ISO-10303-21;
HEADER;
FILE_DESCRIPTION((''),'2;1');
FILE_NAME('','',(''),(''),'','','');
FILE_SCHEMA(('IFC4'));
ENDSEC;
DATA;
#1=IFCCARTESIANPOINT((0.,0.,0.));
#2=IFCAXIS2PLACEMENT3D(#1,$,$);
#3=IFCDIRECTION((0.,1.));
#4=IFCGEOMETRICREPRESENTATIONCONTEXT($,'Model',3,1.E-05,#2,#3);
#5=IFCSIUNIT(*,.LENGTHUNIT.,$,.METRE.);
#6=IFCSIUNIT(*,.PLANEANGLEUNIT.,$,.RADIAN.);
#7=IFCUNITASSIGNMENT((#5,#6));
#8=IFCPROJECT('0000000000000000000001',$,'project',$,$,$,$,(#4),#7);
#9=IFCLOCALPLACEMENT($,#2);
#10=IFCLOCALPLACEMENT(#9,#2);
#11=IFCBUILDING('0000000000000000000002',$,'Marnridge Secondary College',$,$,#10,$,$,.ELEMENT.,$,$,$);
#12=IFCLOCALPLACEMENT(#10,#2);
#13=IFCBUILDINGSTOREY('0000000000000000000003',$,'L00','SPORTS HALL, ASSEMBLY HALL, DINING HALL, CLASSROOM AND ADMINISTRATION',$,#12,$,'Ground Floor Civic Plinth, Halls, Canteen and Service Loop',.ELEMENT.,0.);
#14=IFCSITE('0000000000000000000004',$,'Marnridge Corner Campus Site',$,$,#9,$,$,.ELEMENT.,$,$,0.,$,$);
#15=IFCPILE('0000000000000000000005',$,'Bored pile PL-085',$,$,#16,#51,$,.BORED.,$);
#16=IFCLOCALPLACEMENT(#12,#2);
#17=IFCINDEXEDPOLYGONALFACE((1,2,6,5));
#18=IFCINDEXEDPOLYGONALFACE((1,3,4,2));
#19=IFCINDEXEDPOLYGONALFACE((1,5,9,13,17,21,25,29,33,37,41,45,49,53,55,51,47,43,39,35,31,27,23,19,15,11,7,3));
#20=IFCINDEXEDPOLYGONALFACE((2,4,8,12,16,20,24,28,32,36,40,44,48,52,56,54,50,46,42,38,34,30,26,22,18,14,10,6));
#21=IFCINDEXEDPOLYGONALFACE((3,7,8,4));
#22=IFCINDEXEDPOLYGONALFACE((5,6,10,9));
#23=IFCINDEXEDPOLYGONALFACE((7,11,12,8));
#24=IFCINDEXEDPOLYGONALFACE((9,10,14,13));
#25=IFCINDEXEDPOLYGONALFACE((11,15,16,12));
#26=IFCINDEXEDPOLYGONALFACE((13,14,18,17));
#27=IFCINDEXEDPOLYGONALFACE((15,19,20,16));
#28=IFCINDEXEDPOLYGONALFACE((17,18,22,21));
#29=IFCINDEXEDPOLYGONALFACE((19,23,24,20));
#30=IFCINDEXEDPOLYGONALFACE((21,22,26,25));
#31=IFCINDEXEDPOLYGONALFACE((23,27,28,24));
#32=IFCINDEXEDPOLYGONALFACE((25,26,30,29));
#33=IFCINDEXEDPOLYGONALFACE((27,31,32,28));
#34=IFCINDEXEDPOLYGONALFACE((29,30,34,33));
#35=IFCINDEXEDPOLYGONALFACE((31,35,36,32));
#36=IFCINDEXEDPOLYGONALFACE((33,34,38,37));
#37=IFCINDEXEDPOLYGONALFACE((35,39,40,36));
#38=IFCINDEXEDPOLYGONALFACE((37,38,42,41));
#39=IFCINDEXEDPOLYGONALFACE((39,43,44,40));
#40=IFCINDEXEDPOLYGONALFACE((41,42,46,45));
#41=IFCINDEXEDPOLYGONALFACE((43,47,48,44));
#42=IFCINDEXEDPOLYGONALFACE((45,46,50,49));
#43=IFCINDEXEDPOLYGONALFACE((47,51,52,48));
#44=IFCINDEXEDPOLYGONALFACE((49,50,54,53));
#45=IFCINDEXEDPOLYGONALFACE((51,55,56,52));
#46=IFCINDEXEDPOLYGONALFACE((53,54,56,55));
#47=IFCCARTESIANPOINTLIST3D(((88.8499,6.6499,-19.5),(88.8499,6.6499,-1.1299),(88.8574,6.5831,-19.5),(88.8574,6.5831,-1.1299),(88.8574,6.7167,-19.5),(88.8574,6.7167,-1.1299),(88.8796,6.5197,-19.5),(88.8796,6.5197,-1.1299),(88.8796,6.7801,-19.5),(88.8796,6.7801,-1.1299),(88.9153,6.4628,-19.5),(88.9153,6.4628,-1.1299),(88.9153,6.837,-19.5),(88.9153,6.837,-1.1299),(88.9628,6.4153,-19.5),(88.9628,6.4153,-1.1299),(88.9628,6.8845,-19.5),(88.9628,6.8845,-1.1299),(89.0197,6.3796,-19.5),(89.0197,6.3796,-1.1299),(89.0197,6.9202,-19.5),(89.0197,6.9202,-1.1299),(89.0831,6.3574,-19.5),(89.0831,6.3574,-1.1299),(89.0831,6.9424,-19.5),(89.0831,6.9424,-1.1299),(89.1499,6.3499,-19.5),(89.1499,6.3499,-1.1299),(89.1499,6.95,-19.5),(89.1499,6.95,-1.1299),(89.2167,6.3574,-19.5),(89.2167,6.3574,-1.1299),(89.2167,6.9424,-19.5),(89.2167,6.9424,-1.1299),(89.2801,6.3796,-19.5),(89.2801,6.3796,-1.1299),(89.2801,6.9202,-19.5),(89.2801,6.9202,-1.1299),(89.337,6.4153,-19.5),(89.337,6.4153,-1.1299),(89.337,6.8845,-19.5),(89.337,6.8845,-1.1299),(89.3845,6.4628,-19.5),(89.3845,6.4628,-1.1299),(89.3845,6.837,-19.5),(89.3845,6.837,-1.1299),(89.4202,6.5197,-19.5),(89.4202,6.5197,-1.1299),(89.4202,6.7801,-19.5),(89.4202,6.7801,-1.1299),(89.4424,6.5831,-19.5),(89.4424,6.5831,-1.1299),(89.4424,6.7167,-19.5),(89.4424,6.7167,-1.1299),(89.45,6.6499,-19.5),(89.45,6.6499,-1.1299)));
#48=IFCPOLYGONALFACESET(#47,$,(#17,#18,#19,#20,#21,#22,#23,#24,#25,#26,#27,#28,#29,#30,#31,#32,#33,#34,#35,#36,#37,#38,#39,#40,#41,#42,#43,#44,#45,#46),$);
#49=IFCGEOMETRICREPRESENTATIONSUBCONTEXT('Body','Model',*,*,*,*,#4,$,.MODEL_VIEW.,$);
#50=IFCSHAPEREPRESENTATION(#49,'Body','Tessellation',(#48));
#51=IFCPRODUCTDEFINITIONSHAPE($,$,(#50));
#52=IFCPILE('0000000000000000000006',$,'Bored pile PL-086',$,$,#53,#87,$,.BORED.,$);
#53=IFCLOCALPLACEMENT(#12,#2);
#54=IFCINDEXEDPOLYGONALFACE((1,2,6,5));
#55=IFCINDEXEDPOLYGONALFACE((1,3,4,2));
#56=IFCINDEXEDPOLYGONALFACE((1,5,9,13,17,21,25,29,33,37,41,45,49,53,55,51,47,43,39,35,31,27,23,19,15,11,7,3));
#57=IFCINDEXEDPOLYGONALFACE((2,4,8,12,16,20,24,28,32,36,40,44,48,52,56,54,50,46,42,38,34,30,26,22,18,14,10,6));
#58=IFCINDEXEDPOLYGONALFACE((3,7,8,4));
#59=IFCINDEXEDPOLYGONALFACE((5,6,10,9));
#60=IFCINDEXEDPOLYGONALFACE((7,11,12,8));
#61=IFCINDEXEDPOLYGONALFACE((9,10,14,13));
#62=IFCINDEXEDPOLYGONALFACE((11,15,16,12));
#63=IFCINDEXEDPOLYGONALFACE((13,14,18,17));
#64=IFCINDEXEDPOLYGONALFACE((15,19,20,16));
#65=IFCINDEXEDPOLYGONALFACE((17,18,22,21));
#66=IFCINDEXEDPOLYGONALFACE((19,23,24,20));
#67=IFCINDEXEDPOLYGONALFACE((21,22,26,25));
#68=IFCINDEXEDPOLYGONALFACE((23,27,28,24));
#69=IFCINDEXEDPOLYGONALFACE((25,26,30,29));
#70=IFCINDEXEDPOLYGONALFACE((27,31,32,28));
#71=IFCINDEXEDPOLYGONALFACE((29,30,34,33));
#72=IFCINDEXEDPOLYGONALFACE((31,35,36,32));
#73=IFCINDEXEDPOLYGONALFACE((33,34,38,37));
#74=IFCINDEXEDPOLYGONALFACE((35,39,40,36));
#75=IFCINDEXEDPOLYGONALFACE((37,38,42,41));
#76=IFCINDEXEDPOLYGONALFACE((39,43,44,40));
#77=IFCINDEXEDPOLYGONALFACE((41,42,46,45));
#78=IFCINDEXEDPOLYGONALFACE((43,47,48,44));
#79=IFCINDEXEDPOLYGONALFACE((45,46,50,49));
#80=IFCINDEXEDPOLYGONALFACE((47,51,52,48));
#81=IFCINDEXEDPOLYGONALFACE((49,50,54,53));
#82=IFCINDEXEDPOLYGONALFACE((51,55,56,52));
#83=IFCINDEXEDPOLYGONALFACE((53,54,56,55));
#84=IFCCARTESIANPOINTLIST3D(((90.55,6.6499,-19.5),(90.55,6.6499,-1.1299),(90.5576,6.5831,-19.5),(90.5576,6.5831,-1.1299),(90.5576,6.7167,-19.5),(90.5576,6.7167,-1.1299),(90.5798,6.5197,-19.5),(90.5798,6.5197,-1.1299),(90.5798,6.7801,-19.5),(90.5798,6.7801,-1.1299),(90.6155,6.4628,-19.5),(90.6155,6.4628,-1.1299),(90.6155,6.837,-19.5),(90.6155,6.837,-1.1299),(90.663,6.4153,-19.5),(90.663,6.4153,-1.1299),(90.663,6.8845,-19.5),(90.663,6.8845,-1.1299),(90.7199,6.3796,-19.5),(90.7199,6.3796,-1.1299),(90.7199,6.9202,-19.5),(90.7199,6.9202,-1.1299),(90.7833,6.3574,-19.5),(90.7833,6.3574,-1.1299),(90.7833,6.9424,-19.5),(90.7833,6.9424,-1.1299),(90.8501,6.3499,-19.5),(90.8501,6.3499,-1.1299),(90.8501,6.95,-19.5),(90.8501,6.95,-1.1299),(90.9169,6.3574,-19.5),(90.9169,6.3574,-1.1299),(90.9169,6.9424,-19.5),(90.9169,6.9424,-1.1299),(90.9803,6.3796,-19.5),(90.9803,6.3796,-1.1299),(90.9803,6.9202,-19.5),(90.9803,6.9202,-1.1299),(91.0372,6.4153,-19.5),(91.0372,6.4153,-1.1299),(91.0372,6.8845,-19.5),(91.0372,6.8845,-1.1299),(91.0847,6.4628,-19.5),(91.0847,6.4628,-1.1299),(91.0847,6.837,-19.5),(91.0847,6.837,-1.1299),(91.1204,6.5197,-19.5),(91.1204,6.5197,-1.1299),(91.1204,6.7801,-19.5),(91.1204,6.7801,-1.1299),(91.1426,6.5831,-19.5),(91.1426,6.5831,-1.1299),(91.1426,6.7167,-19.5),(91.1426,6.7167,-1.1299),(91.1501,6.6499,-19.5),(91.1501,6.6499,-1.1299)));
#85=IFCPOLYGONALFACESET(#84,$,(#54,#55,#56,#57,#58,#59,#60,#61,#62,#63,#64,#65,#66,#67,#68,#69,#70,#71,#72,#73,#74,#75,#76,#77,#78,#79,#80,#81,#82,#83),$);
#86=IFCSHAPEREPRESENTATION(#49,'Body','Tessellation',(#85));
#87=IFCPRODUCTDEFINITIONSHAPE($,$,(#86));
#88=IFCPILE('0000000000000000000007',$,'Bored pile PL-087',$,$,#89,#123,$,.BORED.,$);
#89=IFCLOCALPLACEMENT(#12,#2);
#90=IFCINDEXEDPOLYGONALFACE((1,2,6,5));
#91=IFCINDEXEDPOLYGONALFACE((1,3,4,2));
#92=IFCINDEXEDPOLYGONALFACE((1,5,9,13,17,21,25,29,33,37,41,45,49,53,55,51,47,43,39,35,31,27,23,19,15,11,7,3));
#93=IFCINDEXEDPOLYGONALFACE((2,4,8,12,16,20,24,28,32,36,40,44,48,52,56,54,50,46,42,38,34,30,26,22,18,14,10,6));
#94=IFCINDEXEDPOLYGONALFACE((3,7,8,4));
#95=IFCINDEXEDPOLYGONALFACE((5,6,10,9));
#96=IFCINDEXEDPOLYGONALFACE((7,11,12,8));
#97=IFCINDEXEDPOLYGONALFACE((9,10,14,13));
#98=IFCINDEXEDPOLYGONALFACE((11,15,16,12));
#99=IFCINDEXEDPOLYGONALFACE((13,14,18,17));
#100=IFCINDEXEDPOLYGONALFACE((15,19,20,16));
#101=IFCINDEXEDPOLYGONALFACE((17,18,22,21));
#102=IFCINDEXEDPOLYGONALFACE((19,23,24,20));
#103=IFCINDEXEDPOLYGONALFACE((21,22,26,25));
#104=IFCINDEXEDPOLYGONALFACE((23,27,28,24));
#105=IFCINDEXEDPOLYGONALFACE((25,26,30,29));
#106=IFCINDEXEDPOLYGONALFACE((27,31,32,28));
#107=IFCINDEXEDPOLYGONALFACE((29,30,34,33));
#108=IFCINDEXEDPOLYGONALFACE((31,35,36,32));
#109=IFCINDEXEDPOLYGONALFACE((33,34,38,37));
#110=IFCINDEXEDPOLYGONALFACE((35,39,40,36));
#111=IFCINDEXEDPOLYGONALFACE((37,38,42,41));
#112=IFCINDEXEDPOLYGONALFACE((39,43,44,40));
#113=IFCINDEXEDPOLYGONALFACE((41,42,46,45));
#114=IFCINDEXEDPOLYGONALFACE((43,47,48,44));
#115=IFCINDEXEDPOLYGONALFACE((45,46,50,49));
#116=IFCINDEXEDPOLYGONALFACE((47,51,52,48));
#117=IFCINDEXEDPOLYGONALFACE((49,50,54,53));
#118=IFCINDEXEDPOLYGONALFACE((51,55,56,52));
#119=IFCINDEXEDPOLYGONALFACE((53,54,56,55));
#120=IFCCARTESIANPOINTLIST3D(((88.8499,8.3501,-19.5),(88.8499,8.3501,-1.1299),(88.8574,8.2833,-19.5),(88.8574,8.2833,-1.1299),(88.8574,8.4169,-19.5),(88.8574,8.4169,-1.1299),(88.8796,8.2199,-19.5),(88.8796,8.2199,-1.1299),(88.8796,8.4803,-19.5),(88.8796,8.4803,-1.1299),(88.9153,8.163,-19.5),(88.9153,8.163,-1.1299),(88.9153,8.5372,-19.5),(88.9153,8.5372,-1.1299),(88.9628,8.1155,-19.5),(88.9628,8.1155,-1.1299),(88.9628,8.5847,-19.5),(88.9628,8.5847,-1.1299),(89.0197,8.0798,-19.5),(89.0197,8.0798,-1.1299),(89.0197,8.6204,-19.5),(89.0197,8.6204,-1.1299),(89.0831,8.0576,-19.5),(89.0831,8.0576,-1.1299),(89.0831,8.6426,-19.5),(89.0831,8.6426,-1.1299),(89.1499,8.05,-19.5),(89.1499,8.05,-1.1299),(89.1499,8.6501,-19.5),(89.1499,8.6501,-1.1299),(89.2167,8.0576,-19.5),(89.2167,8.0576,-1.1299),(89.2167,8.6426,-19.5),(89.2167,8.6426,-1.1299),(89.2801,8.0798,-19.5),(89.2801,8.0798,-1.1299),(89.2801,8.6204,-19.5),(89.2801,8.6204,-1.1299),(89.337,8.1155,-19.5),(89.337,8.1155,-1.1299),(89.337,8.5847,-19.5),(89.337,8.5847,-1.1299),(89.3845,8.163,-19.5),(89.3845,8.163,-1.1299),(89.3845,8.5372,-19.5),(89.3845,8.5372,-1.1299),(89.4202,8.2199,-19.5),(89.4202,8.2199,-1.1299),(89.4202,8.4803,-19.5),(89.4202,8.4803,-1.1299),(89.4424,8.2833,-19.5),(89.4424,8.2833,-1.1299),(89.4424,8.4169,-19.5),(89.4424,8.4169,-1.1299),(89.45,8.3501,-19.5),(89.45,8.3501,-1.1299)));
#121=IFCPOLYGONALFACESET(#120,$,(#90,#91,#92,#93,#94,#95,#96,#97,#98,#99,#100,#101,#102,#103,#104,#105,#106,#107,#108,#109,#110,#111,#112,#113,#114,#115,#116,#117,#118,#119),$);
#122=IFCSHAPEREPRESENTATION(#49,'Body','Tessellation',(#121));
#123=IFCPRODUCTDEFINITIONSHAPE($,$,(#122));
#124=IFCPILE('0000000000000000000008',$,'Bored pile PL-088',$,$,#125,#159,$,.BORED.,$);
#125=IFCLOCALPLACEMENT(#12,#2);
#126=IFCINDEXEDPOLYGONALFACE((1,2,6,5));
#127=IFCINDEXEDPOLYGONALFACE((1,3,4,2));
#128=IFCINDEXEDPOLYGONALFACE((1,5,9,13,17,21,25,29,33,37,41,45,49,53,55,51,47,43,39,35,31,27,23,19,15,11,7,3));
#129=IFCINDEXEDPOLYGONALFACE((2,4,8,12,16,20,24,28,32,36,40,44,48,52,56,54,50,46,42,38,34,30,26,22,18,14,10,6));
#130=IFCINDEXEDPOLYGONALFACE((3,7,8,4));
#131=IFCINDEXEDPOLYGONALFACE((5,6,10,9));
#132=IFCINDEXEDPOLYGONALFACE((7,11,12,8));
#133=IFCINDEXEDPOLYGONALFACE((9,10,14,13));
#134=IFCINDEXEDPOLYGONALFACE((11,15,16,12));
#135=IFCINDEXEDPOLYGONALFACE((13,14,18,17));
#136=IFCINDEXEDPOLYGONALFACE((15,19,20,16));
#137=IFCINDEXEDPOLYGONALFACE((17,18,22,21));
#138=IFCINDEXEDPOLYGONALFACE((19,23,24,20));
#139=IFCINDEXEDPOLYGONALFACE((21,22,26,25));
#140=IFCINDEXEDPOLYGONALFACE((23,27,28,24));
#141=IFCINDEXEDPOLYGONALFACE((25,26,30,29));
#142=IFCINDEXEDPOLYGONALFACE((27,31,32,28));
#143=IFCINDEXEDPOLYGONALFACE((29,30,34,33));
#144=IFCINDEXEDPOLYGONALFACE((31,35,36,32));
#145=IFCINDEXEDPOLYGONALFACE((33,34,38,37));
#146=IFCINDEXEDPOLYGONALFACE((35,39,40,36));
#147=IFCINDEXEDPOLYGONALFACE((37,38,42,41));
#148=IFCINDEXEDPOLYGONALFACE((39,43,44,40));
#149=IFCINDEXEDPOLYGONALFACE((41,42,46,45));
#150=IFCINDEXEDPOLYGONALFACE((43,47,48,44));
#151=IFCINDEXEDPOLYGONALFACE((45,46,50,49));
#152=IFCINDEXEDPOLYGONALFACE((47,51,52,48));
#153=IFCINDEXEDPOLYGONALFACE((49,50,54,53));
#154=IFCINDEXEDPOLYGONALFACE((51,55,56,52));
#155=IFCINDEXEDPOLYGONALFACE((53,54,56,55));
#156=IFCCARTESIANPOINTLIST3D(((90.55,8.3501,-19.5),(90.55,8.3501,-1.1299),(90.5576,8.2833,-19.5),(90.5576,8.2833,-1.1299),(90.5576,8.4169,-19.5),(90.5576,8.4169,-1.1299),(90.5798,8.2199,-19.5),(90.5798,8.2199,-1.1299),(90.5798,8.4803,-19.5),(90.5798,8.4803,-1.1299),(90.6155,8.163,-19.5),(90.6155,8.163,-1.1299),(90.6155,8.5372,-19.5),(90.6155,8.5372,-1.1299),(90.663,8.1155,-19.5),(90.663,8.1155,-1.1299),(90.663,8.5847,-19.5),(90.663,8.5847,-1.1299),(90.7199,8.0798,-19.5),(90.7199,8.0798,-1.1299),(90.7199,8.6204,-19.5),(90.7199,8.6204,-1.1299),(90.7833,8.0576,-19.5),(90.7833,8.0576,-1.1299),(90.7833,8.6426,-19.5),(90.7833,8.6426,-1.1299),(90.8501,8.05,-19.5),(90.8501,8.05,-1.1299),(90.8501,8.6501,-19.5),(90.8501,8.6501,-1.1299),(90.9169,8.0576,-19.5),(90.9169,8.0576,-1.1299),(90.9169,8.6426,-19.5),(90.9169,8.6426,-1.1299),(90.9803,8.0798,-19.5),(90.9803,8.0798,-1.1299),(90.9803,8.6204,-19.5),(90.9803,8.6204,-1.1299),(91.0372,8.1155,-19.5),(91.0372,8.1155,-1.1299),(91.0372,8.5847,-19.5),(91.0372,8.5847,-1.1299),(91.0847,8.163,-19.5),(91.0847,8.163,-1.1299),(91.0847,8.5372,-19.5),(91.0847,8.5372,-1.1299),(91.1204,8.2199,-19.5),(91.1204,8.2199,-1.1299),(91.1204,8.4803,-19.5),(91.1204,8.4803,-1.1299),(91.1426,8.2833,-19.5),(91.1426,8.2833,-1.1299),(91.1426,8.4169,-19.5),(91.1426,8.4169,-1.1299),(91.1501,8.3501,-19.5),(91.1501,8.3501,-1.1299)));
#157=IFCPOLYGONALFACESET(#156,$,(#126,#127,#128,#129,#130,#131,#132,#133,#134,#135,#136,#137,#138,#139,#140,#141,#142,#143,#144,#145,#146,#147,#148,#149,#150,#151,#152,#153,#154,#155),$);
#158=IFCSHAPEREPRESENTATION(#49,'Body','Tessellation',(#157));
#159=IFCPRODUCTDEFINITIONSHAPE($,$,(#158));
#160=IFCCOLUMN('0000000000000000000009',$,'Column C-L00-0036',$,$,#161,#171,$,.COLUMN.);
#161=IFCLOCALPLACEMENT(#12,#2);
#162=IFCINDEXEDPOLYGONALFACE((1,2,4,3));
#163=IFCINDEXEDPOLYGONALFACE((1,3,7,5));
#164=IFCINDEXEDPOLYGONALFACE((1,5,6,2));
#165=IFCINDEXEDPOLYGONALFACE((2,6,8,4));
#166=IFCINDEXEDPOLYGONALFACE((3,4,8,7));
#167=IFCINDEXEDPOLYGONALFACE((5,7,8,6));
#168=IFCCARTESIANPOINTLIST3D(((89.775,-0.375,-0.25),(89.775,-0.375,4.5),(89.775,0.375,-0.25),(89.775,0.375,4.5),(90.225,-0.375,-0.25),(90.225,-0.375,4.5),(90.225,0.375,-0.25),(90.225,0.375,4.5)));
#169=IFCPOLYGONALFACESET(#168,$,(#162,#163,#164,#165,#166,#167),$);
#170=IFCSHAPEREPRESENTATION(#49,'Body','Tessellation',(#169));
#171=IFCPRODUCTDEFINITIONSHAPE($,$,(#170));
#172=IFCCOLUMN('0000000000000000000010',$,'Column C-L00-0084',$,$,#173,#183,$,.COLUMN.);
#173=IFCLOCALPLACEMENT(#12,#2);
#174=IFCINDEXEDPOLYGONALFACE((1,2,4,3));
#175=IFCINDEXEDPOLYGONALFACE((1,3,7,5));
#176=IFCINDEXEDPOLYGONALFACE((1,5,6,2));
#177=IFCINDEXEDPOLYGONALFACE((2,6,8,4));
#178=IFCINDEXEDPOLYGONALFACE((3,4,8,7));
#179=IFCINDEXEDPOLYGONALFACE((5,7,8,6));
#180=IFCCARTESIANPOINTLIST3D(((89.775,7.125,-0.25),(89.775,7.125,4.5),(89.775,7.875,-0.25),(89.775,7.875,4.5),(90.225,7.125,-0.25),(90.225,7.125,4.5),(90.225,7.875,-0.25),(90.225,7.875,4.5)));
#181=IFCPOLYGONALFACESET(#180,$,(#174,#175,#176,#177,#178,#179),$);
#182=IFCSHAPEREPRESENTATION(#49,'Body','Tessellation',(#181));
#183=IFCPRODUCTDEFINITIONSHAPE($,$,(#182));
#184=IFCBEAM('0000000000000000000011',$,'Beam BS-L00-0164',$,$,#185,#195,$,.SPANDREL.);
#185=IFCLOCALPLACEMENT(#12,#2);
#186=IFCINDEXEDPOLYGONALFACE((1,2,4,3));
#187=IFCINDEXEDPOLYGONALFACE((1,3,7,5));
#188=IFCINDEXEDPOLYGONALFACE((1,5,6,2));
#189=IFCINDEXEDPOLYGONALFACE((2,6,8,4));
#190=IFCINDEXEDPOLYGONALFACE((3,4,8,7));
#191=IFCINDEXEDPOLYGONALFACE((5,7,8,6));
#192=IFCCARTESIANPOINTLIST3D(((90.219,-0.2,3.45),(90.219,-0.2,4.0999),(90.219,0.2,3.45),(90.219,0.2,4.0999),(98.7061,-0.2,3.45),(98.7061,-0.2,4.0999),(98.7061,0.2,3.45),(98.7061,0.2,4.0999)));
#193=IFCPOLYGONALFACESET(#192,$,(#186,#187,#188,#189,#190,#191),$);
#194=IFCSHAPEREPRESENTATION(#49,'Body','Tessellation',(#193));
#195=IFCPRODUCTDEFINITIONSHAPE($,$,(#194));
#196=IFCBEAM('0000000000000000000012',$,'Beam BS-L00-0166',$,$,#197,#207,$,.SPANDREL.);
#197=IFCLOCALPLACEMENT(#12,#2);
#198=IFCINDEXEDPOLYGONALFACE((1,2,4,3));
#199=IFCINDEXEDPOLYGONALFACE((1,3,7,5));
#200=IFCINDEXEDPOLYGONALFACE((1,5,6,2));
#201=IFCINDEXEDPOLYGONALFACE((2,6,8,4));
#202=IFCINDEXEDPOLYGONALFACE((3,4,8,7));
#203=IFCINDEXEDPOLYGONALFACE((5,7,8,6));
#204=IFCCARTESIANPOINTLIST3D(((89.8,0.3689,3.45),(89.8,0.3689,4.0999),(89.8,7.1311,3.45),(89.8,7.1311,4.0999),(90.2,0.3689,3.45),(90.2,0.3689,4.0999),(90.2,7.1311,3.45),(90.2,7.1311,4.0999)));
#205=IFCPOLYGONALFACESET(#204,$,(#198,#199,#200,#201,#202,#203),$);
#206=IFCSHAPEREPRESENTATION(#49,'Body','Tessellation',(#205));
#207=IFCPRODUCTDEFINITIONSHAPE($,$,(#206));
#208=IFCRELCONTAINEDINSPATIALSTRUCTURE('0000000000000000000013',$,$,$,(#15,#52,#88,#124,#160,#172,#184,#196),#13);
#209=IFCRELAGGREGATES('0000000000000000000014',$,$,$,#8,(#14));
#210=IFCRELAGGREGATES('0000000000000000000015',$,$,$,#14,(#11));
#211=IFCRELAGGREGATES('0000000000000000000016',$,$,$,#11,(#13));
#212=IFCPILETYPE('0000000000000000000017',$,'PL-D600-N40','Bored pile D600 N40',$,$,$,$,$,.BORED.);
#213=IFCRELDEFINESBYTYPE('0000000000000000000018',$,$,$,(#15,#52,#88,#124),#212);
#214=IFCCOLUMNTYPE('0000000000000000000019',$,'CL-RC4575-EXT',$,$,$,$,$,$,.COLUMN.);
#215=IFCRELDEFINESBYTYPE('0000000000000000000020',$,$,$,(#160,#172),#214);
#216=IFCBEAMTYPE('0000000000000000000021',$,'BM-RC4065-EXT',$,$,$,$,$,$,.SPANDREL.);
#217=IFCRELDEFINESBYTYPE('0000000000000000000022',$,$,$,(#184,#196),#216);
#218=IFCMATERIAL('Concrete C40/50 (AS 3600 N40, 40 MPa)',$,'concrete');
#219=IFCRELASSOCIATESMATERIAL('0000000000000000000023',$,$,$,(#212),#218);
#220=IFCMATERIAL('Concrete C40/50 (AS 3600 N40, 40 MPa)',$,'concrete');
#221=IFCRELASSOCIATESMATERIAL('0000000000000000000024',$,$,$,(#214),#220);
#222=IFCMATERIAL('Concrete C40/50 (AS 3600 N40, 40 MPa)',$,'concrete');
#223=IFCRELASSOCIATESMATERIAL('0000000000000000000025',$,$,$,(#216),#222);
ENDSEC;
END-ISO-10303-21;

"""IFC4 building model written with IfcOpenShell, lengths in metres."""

from ifc_helpers import new_model, si_unit, direction, frame, origin, origin_2d, place, context, subcontext, project, spatial, rectangle, circle, extrude, material, material_profile, profile_set, type_object, element, save


model = new_model("IFC4")

# Units and contexts
model_context = context("Model", 3, precision=1e-05, world=origin(), true_north=direction((0.0, 1.0)))
body_context = subcontext(model_context, "Body", "Model", "MODEL_VIEW")
ifc_project = project(units=[si_unit("LENGTHUNIT", "METRE"), si_unit("PLANEANGLEUNIT", "RADIAN")], contexts=[model_context])

# Site, building, storey
site_placement = place(None, origin())
site = spatial("IfcSite", under=ifc_project, at=site_placement, Name="Marnridge Corner Campus Site", CompositionType="ELEMENT", RefElevation=0.0)
building_placement = place(site_placement, origin())
building = spatial("IfcBuilding", under=site, at=building_placement, Name="Marnridge Secondary College", CompositionType="ELEMENT")
storey_placement = place(building_placement, origin())
storey = spatial("IfcBuildingStorey", under=building, at=storey_placement, Name="L00", Description="SPORTS HALL, ASSEMBLY HALL, DINING HALL, CLASSROOM AND ADMINISTRATION", LongName="Ground Floor Civic Plinth, Halls, Canteen and Service Loop", CompositionType="ELEMENT", Elevation=0.0)

# Piles
ifc_material_1 = material(Name="Concrete C40/50 (AS 3600 N40, 40 MPa)", Category="concrete")
ifc_material_profile_1 = material_profile(ifc_material_1, circle(Radius=0.3, at=origin_2d()), Name="PILE D600")
ifc_profile_set_1 = profile_set([ifc_material_profile_1], Name="Concrete C40/50 (AS 3600 N40, 40 MPa)")
pile_type = type_object("IfcPileType", Name="PL-D600-N40", Description="Bored pile D600 N40", PredefinedType="BORED", material=ifc_profile_set_1)
for number, where, z_axis, x_axis, name in (
    (1, (89.1499, 6.6499, -1.1299), (0.0, 0.0, -1.0), (1.0, 0.0, 0.0), "Bored pile PL-085"),
    (2, (90.8501, 6.6499, -1.1299), (0.0, 0.0, -1.0), (1.0, 0.0, 0.0), "Bored pile PL-086"),
    (3, (89.1499, 8.3501, -1.1299), (0.0, 0.0, -1.0), (1.0, 0.0, 0.0), "Bored pile PL-087"),
    (4, (90.8501, 8.3501, -1.1299), (0.0, 0.0, -1.0), (1.0, 0.0, 0.0), "Bored pile PL-088"),
):
    element("IfcPile", number, at=place(storey_placement, frame(where, z_axis=z_axis, x_axis=x_axis)), inside=storey, type_object=pile_type, Name=name, PredefinedType="BORED", context=body_context, shape_type="SweptSolid", body=[
        extrude(circle(Radius=0.3, at=origin_2d()), origin(), (0.0, 0.0, 1.0), 18.3701),
    ])

# Columns
ifc_material_2 = material(Name="Concrete C40/50 (AS 3600 N40, 40 MPa)", Category="concrete")
ifc_material_profile_2 = material_profile(ifc_material_2, rectangle(XDim=0.45, YDim=0.75, at=origin_2d()), Name="RC 450x750")
ifc_profile_set_2 = profile_set([ifc_material_profile_2], Name="Concrete C40/50 (AS 3600 N40, 40 MPa)")
column_type = type_object("IfcColumnType", Name="CL-RC4575-EXT", PredefinedType="COLUMN", material=ifc_profile_set_2)
for number, where, z_axis, x_axis, name in (
    (5, (90.0, 0.0, -0.25), (0.0, 0.0, 1.0), (1.0, 0.0, 0.0), "Column C-L00-0036"),
    (6, (90.0, 7.5, -0.25), (0.0, 0.0, 1.0), (1.0, 0.0, 0.0), "Column C-L00-0084"),
):
    element("IfcColumn", number, at=place(storey_placement, frame(where, z_axis=z_axis, x_axis=x_axis)), inside=storey, type_object=column_type, Name=name, PredefinedType="COLUMN", context=body_context, shape_type="SweptSolid", body=[
        extrude(rectangle(XDim=0.45, YDim=0.75, at=origin_2d()), origin(), (0.0, 0.0, 1.0), 4.75),
    ])

# Beams
ifc_material_3 = material(Name="Concrete C40/50 (AS 3600 N40, 40 MPa)", Category="concrete")
ifc_material_profile_3 = material_profile(ifc_material_3, rectangle(XDim=0.3999, YDim=0.6499, at=origin_2d()), Name="RC 400x650")
ifc_profile_set_3 = profile_set([ifc_material_profile_3], Name="Concrete C40/50 (AS 3600 N40, 40 MPa)")
beam_type_1 = type_object("IfcBeamType", Name="BM-RC4065-EXT", PredefinedType="SPANDREL", material=ifc_profile_set_3)
beam_1_placement = place(storey_placement, frame((90.219, 0.0, 3.7749), z_axis=(1.0, 0.0, 0.0), x_axis=(0.0, 1.0, 0.0)))
element("IfcBeam", 7, at=beam_1_placement, inside=storey, type_object=beam_type_1, Name="Beam BS-L00-0164", PredefinedType="SPANDREL", context=body_context, shape_type="SweptSolid", body=[
    extrude(rectangle(XDim=0.3999, YDim=0.6499, at=origin_2d()), origin(), (0.0, 0.0, 1.0), 8.4871),
])
for number, where, z_axis, x_axis, name in (
    (8, (90.0, 0.3689, 3.7749), (0.0, 1.0, 0.0), (-1.0, 0.0, 0.0), "Beam BS-L00-0166"),
):
    element("IfcBeam", number, at=place(storey_placement, frame(where, z_axis=z_axis, x_axis=x_axis)), inside=storey, type_object=beam_type_1, Name=name, PredefinedType="SPANDREL", context=body_context, shape_type="SweptSolid", body=[
        extrude(rectangle(XDim=0.3999, YDim=0.6499, at=origin_2d()), origin(), (0.0, 0.0, 1.0), 6.7622),
    ])

save(model, "model.ifc")
